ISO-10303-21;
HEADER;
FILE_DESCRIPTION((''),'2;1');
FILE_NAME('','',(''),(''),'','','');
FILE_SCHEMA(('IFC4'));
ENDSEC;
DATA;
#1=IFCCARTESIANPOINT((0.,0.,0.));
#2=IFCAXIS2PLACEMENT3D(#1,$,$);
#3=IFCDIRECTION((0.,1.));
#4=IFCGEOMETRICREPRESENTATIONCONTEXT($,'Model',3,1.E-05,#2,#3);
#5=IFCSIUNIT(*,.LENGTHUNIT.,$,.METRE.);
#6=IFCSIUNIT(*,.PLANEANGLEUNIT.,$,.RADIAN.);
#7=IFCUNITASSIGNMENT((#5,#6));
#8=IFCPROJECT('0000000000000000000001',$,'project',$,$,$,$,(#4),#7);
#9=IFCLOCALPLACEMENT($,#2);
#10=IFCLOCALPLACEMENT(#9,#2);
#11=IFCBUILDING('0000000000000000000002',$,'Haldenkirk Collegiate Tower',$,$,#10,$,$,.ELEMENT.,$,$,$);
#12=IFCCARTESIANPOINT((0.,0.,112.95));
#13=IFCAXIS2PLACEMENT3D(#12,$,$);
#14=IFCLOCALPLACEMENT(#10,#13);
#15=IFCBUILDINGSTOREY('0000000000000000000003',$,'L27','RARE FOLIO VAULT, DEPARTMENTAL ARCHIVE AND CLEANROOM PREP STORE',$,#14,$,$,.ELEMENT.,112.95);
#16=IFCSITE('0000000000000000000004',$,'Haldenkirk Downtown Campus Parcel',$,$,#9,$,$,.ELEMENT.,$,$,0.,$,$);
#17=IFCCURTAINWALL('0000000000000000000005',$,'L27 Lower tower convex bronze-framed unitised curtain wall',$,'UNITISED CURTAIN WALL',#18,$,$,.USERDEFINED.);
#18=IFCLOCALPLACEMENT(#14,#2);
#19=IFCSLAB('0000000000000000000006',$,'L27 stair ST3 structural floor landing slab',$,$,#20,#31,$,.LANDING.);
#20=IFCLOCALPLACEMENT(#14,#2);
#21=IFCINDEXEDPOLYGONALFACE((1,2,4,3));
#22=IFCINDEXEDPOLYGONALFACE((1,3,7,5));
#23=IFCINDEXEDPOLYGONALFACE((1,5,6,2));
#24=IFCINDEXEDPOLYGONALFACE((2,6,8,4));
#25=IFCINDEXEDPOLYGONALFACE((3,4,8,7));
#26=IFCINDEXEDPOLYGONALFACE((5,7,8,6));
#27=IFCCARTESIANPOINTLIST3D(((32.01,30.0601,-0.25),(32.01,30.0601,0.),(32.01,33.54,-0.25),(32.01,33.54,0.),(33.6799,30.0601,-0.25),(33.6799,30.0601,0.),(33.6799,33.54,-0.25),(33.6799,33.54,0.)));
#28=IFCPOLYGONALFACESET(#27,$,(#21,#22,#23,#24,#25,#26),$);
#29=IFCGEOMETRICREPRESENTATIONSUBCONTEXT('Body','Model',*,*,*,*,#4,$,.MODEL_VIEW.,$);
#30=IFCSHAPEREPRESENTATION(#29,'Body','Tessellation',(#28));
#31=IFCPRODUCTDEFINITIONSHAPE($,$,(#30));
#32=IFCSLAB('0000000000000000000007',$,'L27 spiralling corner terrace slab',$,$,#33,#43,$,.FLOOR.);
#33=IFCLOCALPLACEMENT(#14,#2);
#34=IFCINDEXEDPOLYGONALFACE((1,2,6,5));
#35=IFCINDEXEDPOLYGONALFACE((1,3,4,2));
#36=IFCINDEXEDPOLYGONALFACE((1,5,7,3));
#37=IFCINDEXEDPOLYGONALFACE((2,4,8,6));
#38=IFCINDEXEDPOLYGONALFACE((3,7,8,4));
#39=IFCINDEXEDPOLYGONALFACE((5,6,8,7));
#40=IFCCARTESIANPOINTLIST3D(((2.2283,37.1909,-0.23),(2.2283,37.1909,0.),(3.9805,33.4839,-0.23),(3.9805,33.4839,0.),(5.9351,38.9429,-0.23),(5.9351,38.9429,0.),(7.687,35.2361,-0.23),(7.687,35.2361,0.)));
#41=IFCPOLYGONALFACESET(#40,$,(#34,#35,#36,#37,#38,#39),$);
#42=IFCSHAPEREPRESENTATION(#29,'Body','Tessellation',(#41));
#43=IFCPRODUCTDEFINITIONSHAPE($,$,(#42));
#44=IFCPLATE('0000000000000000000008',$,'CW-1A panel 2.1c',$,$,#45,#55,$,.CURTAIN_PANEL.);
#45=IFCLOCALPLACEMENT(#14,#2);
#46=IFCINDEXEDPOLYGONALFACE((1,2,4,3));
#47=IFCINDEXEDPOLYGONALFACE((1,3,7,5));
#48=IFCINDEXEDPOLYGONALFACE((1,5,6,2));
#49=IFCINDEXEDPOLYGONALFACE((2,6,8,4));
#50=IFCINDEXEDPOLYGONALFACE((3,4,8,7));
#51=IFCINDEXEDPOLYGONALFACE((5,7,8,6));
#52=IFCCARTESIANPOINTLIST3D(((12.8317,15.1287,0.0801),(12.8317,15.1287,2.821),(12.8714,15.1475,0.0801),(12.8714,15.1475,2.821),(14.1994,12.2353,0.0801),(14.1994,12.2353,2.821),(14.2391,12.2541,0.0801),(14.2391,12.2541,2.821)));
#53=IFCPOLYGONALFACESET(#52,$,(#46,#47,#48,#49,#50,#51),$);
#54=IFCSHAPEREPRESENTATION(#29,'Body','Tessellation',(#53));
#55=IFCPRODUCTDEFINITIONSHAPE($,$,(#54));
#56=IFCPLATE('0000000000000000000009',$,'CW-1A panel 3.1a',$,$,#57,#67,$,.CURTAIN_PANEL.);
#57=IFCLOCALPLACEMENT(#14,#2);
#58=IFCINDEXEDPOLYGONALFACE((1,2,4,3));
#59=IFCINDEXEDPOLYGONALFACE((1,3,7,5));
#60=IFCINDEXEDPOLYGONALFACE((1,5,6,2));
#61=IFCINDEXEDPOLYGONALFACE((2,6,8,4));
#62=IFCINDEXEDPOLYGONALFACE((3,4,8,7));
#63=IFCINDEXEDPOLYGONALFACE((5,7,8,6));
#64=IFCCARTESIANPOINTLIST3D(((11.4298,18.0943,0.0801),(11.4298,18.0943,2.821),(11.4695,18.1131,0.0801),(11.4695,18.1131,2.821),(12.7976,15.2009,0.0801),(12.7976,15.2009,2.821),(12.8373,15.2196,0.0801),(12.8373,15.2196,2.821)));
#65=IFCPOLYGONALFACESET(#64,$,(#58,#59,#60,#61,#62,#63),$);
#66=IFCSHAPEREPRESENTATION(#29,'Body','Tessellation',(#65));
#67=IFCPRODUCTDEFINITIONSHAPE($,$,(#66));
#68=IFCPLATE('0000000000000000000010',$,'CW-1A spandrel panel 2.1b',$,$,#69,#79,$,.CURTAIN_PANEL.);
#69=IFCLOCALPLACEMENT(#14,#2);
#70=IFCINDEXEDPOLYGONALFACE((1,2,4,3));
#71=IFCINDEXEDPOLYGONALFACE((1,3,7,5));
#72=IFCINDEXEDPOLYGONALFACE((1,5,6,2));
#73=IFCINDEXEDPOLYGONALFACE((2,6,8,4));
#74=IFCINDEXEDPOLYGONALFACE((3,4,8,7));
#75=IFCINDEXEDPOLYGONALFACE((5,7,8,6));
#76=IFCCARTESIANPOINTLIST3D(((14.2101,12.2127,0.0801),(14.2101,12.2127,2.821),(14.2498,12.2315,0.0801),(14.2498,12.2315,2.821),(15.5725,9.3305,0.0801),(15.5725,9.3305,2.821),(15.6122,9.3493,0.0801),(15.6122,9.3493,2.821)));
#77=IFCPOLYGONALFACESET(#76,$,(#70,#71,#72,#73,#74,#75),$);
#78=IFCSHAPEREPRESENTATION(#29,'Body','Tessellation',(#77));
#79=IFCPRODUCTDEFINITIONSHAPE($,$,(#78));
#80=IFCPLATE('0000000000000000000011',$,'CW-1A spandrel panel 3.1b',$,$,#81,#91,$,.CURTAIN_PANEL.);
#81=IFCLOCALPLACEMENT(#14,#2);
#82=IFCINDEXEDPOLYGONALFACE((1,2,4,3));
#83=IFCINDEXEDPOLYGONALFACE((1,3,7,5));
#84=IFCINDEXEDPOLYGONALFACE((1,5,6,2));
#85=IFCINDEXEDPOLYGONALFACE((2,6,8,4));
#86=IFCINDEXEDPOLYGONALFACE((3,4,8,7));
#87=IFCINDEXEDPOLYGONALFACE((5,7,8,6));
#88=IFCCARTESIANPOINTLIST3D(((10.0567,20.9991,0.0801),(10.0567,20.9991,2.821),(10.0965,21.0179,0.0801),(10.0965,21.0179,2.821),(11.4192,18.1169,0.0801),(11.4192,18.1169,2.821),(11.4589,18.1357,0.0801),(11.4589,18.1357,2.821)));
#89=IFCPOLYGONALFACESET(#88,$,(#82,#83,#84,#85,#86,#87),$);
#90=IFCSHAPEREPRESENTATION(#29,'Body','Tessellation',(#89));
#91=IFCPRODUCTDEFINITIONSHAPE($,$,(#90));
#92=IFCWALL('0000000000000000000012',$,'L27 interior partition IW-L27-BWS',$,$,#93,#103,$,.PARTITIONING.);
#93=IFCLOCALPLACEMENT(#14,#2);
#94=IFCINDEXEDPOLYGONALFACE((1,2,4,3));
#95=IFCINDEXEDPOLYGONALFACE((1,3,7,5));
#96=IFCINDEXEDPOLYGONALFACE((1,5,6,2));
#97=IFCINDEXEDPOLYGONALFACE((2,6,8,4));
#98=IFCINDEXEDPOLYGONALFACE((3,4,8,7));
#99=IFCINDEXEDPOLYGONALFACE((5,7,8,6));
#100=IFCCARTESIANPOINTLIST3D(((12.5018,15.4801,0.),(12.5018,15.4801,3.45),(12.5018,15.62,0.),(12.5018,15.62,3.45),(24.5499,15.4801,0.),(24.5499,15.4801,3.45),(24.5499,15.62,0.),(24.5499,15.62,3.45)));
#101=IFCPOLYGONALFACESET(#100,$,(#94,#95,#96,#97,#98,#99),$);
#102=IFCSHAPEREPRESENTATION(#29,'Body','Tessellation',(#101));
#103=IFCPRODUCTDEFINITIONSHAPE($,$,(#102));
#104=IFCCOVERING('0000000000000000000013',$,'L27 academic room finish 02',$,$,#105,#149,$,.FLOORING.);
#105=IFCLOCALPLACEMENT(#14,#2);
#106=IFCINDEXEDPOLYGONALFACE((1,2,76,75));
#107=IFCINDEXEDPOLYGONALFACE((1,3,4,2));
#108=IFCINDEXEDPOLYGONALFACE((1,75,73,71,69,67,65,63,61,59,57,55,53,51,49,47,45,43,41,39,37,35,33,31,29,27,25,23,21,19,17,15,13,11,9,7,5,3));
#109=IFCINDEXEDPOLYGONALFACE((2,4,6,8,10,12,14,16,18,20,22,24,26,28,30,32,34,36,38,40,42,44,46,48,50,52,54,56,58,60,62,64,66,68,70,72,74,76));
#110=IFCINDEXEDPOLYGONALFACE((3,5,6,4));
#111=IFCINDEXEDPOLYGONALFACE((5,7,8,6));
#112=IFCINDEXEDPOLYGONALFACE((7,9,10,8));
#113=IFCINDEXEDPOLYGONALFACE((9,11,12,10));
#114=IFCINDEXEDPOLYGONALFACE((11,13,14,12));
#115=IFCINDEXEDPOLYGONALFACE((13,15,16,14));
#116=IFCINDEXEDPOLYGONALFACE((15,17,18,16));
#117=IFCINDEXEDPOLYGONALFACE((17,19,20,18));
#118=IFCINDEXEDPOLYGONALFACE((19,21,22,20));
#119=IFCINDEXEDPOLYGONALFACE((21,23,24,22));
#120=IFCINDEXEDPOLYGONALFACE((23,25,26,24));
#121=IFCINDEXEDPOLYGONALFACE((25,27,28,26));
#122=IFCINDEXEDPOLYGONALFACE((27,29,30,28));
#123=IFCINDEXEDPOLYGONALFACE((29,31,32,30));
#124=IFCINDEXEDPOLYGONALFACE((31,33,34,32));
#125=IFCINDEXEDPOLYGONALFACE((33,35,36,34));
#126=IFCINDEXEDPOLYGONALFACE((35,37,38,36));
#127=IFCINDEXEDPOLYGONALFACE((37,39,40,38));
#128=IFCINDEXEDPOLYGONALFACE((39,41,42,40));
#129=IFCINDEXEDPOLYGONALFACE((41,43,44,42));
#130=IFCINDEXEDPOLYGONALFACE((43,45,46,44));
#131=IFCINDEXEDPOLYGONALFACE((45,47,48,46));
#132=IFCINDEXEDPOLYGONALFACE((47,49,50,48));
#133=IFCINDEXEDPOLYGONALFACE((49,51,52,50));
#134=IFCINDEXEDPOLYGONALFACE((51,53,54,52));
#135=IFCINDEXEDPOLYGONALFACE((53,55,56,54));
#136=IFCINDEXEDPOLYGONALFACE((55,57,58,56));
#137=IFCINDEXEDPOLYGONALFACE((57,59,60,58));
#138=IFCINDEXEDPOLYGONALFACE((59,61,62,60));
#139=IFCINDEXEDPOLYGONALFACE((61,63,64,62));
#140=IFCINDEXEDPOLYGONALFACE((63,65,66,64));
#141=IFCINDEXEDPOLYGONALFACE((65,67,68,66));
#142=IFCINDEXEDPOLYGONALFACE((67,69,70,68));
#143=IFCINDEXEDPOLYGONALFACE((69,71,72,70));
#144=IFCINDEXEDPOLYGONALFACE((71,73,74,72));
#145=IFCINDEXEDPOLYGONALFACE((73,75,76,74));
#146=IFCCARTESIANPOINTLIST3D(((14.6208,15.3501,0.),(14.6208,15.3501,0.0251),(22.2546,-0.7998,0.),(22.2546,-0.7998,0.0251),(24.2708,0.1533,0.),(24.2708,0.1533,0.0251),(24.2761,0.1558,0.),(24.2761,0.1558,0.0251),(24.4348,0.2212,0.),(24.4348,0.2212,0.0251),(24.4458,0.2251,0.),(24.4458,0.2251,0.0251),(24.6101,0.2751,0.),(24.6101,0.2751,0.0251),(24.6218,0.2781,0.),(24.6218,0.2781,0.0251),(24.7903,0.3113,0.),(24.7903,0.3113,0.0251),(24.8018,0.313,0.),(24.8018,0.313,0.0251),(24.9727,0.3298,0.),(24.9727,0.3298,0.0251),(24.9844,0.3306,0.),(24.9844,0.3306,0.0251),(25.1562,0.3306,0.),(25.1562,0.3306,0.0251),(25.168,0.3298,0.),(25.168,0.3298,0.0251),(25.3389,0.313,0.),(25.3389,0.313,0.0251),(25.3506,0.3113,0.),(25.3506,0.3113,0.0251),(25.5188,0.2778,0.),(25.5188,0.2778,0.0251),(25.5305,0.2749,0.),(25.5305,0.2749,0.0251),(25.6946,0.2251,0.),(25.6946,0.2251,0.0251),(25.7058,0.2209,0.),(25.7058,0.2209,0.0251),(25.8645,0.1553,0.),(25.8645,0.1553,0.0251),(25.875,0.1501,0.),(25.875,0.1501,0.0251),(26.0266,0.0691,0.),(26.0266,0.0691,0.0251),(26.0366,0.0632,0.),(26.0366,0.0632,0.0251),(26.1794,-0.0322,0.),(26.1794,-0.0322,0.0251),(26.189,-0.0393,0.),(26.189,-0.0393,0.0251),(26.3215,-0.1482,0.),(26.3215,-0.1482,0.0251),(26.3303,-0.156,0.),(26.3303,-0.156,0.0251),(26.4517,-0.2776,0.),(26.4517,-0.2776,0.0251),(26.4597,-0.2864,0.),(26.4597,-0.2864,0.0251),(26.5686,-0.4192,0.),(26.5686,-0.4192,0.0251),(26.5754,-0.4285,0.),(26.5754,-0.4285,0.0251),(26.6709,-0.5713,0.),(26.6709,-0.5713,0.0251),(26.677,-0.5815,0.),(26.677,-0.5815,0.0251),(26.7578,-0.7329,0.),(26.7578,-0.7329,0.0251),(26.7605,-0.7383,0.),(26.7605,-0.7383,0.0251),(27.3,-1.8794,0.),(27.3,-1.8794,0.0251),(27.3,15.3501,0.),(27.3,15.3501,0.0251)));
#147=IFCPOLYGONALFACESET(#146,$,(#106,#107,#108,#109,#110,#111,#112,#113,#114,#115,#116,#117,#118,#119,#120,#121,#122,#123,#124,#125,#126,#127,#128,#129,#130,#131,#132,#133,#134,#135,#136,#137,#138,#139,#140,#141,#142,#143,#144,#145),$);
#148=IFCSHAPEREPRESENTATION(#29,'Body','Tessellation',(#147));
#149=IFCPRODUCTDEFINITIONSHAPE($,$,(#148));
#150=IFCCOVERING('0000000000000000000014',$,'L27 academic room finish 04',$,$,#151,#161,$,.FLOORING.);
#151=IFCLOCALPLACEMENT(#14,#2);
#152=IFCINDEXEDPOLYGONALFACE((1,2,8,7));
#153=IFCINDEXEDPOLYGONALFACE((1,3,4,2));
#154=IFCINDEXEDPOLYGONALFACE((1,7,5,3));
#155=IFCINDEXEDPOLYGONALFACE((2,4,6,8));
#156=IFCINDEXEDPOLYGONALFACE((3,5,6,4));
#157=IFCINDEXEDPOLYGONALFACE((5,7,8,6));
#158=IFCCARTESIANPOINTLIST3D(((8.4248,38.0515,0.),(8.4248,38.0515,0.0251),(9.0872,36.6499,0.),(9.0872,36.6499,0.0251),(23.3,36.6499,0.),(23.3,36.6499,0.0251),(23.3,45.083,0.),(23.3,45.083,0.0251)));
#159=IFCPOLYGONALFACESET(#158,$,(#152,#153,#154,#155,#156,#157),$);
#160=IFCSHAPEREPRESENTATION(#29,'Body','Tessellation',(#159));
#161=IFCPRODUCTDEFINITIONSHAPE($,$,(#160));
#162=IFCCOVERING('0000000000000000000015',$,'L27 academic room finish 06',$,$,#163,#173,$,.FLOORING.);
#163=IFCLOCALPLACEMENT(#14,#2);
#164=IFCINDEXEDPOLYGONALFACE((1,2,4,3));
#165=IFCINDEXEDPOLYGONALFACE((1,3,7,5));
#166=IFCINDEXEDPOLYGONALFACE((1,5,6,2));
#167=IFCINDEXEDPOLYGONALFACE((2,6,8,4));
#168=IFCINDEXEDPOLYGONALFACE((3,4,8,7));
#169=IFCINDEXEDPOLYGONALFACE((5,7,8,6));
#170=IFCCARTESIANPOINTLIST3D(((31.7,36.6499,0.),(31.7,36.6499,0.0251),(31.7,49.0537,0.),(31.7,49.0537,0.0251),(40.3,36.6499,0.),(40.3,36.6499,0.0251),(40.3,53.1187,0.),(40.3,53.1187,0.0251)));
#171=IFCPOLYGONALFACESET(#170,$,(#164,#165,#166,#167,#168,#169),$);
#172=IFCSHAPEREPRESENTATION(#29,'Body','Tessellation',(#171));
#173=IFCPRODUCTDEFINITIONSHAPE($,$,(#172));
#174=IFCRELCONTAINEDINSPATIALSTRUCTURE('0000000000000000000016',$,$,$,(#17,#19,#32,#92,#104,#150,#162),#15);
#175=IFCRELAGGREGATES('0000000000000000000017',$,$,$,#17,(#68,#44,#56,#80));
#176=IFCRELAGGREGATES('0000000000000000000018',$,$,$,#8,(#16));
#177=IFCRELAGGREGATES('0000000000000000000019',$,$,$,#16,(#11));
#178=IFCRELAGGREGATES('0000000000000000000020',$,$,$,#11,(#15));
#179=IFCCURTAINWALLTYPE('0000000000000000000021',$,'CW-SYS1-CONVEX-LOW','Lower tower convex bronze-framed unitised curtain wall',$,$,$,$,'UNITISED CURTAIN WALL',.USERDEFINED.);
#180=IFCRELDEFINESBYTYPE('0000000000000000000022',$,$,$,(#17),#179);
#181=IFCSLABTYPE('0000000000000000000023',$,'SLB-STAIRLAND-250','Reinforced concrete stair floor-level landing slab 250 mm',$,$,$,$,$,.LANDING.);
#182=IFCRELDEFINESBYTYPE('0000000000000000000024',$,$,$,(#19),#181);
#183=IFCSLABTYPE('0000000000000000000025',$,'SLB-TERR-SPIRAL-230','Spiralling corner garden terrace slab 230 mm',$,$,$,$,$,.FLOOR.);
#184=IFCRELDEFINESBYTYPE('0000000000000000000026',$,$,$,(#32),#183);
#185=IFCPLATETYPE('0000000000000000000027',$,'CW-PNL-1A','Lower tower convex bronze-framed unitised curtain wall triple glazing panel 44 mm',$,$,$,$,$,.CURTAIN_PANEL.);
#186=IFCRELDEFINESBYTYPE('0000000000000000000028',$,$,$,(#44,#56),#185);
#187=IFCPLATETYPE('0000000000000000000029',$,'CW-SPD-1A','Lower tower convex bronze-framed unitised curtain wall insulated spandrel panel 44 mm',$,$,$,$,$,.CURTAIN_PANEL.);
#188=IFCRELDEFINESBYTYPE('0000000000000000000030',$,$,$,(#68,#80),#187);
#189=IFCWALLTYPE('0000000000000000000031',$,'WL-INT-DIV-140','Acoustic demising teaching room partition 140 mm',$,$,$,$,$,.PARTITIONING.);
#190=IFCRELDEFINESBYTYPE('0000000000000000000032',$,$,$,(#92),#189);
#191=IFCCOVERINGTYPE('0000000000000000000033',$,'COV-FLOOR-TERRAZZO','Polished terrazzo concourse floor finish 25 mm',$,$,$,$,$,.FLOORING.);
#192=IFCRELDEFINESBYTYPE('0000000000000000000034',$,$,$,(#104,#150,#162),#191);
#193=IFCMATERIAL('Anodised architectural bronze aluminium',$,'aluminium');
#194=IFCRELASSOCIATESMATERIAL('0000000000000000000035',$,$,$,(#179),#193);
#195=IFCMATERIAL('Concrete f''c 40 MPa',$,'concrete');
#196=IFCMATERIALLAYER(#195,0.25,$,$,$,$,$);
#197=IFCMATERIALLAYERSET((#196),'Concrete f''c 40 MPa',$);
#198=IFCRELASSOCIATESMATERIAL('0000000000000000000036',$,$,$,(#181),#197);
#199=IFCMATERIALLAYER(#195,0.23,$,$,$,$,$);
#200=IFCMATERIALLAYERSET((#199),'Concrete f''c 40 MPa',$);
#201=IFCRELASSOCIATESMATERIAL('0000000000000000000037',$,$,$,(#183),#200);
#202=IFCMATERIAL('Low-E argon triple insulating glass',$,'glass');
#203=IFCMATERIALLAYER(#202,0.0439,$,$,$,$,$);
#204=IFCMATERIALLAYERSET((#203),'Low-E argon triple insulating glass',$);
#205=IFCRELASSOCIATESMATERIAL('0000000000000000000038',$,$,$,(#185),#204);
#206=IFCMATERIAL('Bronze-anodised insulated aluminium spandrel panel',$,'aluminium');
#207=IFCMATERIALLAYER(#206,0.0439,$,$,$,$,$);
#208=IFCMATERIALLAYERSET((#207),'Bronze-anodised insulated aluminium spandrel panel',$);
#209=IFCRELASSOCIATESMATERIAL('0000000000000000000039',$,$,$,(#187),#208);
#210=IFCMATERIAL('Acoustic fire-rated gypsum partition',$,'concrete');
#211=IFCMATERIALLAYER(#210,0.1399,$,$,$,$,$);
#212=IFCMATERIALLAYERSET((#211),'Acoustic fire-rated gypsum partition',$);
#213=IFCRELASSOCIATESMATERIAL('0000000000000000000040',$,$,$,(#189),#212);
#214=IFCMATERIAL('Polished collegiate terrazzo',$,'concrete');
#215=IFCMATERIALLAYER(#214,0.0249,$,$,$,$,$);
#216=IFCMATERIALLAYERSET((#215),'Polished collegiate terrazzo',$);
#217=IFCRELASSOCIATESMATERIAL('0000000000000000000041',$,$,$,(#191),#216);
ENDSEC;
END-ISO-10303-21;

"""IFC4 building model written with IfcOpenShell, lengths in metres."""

from ifc_helpers import new_model, si_unit, direction, frame, frame_2d, origin, origin_2d, place, context, subcontext, project, spatial, polyline, rectangle, outline, extrude, source, transform, mapped, material, layer, layer_set, type_object, element, aggregate, save


model = new_model("IFC4")

# Units and contexts
model_context = context("Model", 3, precision=1e-05, world=origin(), true_north=direction((0.0, 1.0)))
body_context = subcontext(model_context, "Body", "Model", "MODEL_VIEW")
ifc_project = project(units=[si_unit("LENGTHUNIT", "METRE"), si_unit("PLANEANGLEUNIT", "RADIAN")], contexts=[model_context])

# Site, building, storey
site_placement = place(None, origin())
site = spatial("IfcSite", under=ifc_project, at=site_placement, Name="Haldenkirk Downtown Campus Parcel", CompositionType="ELEMENT", RefElevation=0.0)
building_placement = place(site_placement, origin())
building = spatial("IfcBuilding", under=site, at=building_placement, Name="Haldenkirk Collegiate Tower", CompositionType="ELEMENT")
storey_placement = place(building_placement, frame((0.0, 0.0, 112.95)))
storey = spatial("IfcBuildingStorey", under=building, at=storey_placement, Name="L27", Description="RARE FOLIO VAULT, DEPARTMENTAL ARCHIVE AND CLEANROOM PREP STORE", CompositionType="ELEMENT", Elevation=112.95)

# Curtain wall
ifc_material_1 = material(Name="Anodised architectural bronze aluminium", Category="aluminium")
curtain_wall_type = type_object("IfcCurtainWallType", Name="CW-SYS1-CONVEX-LOW", Description="Lower tower convex bronze-framed unitised curtain wall", ElementType="UNITISED CURTAIN WALL", PredefinedType="USERDEFINED", material=ifc_material_1)
curtain_wall_placement = place(storey_placement, origin())
curtain_wall = element("IfcCurtainWall", 1, at=curtain_wall_placement, inside=storey, type_object=curtain_wall_type, Name="L27 Lower tower convex bronze-framed unitised curtain wall", ObjectType="UNITISED CURTAIN WALL", PredefinedType="USERDEFINED")

# Shared definitions
ifc_material_2 = material(Name="Concrete f'c 40 MPa", Category="concrete")

# Slabs
ifc_layer_1 = layer(ifc_material_2, 0.25)
ifc_layer_set_1 = layer_set([ifc_layer_1], Name="Concrete f'c 40 MPa")
slab_type_1 = type_object("IfcSlabType", Name="SLB-STAIRLAND-250", Description="Reinforced concrete stair floor-level landing slab 250 mm", PredefinedType="LANDING", material=ifc_layer_set_1)
slab_1_placement = place(storey_placement, frame((0.0, 0.0, -0.25)))
element("IfcSlab", 2, at=slab_1_placement, inside=storey, type_object=slab_type_1, Name="L27 stair ST3 structural floor landing slab", PredefinedType="LANDING", context=body_context, shape_type="SweptSolid", body=[
    extrude(outline(polyline([(32.01, 30.0601), (33.6799, 30.0601), (33.6799, 33.54), (32.01, 33.54), (32.01, 30.0601)])), origin(), (0.0, 0.0, 1.0), 0.25),
])
ifc_layer_2 = layer(ifc_material_2, 0.23)
ifc_layer_set_2 = layer_set([ifc_layer_2], Name="Concrete f'c 40 MPa")
slab_type_2 = type_object("IfcSlabType", Name="SLB-TERR-SPIRAL-230", Description="Spiralling corner garden terrace slab 230 mm", PredefinedType="FLOOR", material=ifc_layer_set_2)
slab_2_placement = place(storey_placement, frame((0.0, 0.0, -0.23)))
element("IfcSlab", 3, at=slab_2_placement, inside=storey, type_object=slab_type_2, Name="L27 spiralling corner terrace slab", PredefinedType="FLOOR", context=body_context, shape_type="SweptSolid", body=[
    extrude(outline(polyline([(3.9805, 33.4839), (7.687, 35.2361), (5.9351, 38.9429), (2.2283, 37.1909), (3.9805, 33.4839)])), origin(), (0.0, 0.0, 1.0), 0.23),
])

# Plates
ifc_material_3 = material(Name="Low-E argon triple insulating glass", Category="glass")
ifc_layer_3 = layer(ifc_material_3, 0.0439)
ifc_layer_set_3 = layer_set([ifc_layer_3], Name="Low-E argon triple insulating glass")
plate_type_1 = type_object("IfcPlateType", Name="CW-PNL-1A", Description="Lower tower convex bronze-framed unitised curtain wall triple glazing panel 44 mm", PredefinedType="CURTAIN_PANEL", material=ifc_layer_set_3)
shared_shape_1 = source(origin(), body_context, "Body", "SweptSolid", [
    extrude(rectangle(XDim=3.2004, YDim=0.0439, at=origin_2d()), origin(), (0.0, 0.0, 1.0), 2.741),
])
plate_1_placement = place(storey_placement, frame((13.5354, 13.6914, 0.0801), z_axis=(0.0, 0.0, 1.0), x_axis=(-0.42736, 0.904081, 0.0)))
plate_1 = element("IfcPlate", 4, at=plate_1_placement, type_object=plate_type_1, Name="CW-1A panel 2.1c", PredefinedType="CURTAIN_PANEL", context=body_context, shape_type="MappedRepresentation", body=[
    mapped(shared_shape_1, transform((0.0, 0.0, 0.0), x_axis=(1.0, 0.0, 0.0), y_axis=(0.0, 1.0, 0.0), z_axis=(0.0, 0.0, 1.0), scale=1.0)),
])
plate_2_placement = place(storey_placement, frame((12.1335, 16.657, 0.0801), z_axis=(0.0, 0.0, 1.0), x_axis=(-0.42736, 0.904081, 0.0)))
plate_2 = element("IfcPlate", 5, at=plate_2_placement, type_object=plate_type_1, Name="CW-1A panel 3.1a", PredefinedType="CURTAIN_PANEL", context=body_context, shape_type="MappedRepresentation", body=[
    mapped(shared_shape_1, transform((0.0, 0.0, 0.0), x_axis=(1.0, 0.0, 0.0), y_axis=(0.0, 1.0, 0.0), z_axis=(0.0, 0.0, 1.0), scale=1.0)),
])
ifc_material_4 = material(Name="Bronze-anodised insulated aluminium spandrel panel", Category="aluminium")
ifc_layer_4 = layer(ifc_material_4, 0.0439)
ifc_layer_set_4 = layer_set([ifc_layer_4], Name="Bronze-anodised insulated aluminium spandrel panel")
plate_type_2 = type_object("IfcPlateType", Name="CW-SPD-1A", Description="Lower tower convex bronze-framed unitised curtain wall insulated spandrel panel 44 mm", PredefinedType="CURTAIN_PANEL", material=ifc_layer_set_4)
shared_shape_2 = source(origin(), body_context, "Body", "SweptSolid", [
    extrude(rectangle(XDim=3.188, YDim=0.0439, at=origin_2d()), origin(), (0.0, 0.0, 1.0), 2.741),
])
plate_3_placement = place(storey_placement, frame((14.9111, 10.781, 0.0801), z_axis=(0.0, 0.0, 1.0), x_axis=(-0.42736, 0.904081, 0.0)))
plate_3 = element("IfcPlate", 6, at=plate_3_placement, type_object=plate_type_2, Name="CW-1A spandrel panel 2.1b", PredefinedType="CURTAIN_PANEL", context=body_context, shape_type="MappedRepresentation", body=[
    mapped(shared_shape_2, transform((0.0, 0.0, 0.0), x_axis=(1.0, 0.0, 0.0), y_axis=(0.0, 1.0, 0.0), z_axis=(0.0, 0.0, 1.0), scale=1.0)),
])
plate_4_placement = place(storey_placement, frame((10.7578, 19.5674, 0.0801), z_axis=(0.0, 0.0, 1.0), x_axis=(-0.42736, 0.904081, 0.0)))
plate_4 = element("IfcPlate", 7, at=plate_4_placement, type_object=plate_type_2, Name="CW-1A spandrel panel 3.1b", PredefinedType="CURTAIN_PANEL", context=body_context, shape_type="MappedRepresentation", body=[
    mapped(shared_shape_2, transform((0.0, 0.0, 0.0), x_axis=(1.0, 0.0, 0.0), y_axis=(0.0, 1.0, 0.0), z_axis=(0.0, 0.0, 1.0), scale=1.0)),
])
aggregate(curtain_wall, [plate_3, plate_1, plate_2, plate_4])

# Wall
ifc_material_5 = material(Name="Acoustic fire-rated gypsum partition", Category="concrete")
ifc_layer_5 = layer(ifc_material_5, 0.1399)
ifc_layer_set_5 = layer_set([ifc_layer_5], Name="Acoustic fire-rated gypsum partition")
wall_type = type_object("IfcWallType", Name="WL-INT-DIV-140", Description="Acoustic demising teaching room partition 140 mm", PredefinedType="PARTITIONING", material=ifc_layer_set_5)
wall_placement = place(storey_placement, frame((12.502, 15.55, 0.0), z_axis=(0.0, 0.0, 1.0), x_axis=(1.0, 0.0, 0.0)))
element("IfcWall", 8, at=wall_placement, inside=storey, type_object=wall_type, Name="L27 interior partition IW-L27-BWS", PredefinedType="PARTITIONING", context=body_context, shape_type="SweptSolid", body=[
    extrude(rectangle(XDim=12.0481, YDim=0.1399, at=frame_2d((6.0239, 0.0))), origin(), (0.0, 0.0, 1.0), 3.45),
])

# Coverings
ifc_material_6 = material(Name="Polished collegiate terrazzo", Category="concrete")
ifc_layer_6 = layer(ifc_material_6, 0.0249)
ifc_layer_set_6 = layer_set([ifc_layer_6], Name="Polished collegiate terrazzo")
covering_type_1 = type_object("IfcCoveringType", Name="COV-FLOOR-TERRAZZO", Description="Polished terrazzo concourse floor finish 25 mm", PredefinedType="FLOORING", material=ifc_layer_set_6)
covering_1_placement = place(storey_placement, origin())
element("IfcCovering", 9, at=covering_1_placement, inside=storey, type_object=covering_type_1, Name="L27 academic room finish 02", PredefinedType="FLOORING", context=body_context, shape_type="SweptSolid", body=[
    extrude(outline(polyline([(26.189, -0.0393), (26.1794, -0.0322), (26.0366, 0.0632), (26.0266, 0.0691), (25.875, 0.1501), (25.8645, 0.1553), (25.7058, 0.2209), (25.6946, 0.2251), (25.5305, 0.2749), (25.5188, 0.2778), (25.3506, 0.3113), (25.3389, 0.313), (25.168, 0.3298), (25.1562, 0.3306), (24.9844, 0.3306), (24.9727, 0.3298), (24.8018, 0.313), (24.7903, 0.3113), (24.6218, 0.2781), (24.6101, 0.2751), (24.4458, 0.2251), (24.4348, 0.2212), (24.2761, 0.1558), (24.2708, 0.1533), (22.2546, -0.7998), (14.6208, 15.3501), (27.3, 15.3501), (27.3, -1.8794), (26.7605, -0.7383), (26.7578, -0.7329), (26.677, -0.5815), (26.6709, -0.5713), (26.5754, -0.4285), (26.5686, -0.4192), (26.4597, -0.2864), (26.4517, -0.2776), (26.3303, -0.156), (26.3215, -0.1482), (26.189, -0.0393)])), origin(), (0.0, 0.0, 1.0), 0.0251),
])
covering_2_placement = place(storey_placement, origin())
element("IfcCovering", 10, at=covering_2_placement, inside=storey, type_object=covering_type_1, Name="L27 academic room finish 04", PredefinedType="FLOORING", context=body_context, shape_type="SweptSolid", body=[
    extrude(outline(polyline([(23.3, 45.083), (23.3, 36.6499), (9.0872, 36.6499), (8.4248, 38.0515), (23.3, 45.083)])), origin(), (0.0, 0.0, 1.0), 0.0251),
])
covering_3_placement = place(storey_placement, origin())
element("IfcCovering", 11, at=covering_3_placement, inside=storey, type_object=covering_type_1, Name="L27 academic room finish 06", PredefinedType="FLOORING", context=body_context, shape_type="SweptSolid", body=[
    extrude(outline(polyline([(40.3, 53.1187), (40.3, 36.6499), (31.7, 36.6499), (31.7, 49.0537), (40.3, 53.1187)])), origin(), (0.0, 0.0, 1.0), 0.0251),
])

save(model, "model.ifc")
